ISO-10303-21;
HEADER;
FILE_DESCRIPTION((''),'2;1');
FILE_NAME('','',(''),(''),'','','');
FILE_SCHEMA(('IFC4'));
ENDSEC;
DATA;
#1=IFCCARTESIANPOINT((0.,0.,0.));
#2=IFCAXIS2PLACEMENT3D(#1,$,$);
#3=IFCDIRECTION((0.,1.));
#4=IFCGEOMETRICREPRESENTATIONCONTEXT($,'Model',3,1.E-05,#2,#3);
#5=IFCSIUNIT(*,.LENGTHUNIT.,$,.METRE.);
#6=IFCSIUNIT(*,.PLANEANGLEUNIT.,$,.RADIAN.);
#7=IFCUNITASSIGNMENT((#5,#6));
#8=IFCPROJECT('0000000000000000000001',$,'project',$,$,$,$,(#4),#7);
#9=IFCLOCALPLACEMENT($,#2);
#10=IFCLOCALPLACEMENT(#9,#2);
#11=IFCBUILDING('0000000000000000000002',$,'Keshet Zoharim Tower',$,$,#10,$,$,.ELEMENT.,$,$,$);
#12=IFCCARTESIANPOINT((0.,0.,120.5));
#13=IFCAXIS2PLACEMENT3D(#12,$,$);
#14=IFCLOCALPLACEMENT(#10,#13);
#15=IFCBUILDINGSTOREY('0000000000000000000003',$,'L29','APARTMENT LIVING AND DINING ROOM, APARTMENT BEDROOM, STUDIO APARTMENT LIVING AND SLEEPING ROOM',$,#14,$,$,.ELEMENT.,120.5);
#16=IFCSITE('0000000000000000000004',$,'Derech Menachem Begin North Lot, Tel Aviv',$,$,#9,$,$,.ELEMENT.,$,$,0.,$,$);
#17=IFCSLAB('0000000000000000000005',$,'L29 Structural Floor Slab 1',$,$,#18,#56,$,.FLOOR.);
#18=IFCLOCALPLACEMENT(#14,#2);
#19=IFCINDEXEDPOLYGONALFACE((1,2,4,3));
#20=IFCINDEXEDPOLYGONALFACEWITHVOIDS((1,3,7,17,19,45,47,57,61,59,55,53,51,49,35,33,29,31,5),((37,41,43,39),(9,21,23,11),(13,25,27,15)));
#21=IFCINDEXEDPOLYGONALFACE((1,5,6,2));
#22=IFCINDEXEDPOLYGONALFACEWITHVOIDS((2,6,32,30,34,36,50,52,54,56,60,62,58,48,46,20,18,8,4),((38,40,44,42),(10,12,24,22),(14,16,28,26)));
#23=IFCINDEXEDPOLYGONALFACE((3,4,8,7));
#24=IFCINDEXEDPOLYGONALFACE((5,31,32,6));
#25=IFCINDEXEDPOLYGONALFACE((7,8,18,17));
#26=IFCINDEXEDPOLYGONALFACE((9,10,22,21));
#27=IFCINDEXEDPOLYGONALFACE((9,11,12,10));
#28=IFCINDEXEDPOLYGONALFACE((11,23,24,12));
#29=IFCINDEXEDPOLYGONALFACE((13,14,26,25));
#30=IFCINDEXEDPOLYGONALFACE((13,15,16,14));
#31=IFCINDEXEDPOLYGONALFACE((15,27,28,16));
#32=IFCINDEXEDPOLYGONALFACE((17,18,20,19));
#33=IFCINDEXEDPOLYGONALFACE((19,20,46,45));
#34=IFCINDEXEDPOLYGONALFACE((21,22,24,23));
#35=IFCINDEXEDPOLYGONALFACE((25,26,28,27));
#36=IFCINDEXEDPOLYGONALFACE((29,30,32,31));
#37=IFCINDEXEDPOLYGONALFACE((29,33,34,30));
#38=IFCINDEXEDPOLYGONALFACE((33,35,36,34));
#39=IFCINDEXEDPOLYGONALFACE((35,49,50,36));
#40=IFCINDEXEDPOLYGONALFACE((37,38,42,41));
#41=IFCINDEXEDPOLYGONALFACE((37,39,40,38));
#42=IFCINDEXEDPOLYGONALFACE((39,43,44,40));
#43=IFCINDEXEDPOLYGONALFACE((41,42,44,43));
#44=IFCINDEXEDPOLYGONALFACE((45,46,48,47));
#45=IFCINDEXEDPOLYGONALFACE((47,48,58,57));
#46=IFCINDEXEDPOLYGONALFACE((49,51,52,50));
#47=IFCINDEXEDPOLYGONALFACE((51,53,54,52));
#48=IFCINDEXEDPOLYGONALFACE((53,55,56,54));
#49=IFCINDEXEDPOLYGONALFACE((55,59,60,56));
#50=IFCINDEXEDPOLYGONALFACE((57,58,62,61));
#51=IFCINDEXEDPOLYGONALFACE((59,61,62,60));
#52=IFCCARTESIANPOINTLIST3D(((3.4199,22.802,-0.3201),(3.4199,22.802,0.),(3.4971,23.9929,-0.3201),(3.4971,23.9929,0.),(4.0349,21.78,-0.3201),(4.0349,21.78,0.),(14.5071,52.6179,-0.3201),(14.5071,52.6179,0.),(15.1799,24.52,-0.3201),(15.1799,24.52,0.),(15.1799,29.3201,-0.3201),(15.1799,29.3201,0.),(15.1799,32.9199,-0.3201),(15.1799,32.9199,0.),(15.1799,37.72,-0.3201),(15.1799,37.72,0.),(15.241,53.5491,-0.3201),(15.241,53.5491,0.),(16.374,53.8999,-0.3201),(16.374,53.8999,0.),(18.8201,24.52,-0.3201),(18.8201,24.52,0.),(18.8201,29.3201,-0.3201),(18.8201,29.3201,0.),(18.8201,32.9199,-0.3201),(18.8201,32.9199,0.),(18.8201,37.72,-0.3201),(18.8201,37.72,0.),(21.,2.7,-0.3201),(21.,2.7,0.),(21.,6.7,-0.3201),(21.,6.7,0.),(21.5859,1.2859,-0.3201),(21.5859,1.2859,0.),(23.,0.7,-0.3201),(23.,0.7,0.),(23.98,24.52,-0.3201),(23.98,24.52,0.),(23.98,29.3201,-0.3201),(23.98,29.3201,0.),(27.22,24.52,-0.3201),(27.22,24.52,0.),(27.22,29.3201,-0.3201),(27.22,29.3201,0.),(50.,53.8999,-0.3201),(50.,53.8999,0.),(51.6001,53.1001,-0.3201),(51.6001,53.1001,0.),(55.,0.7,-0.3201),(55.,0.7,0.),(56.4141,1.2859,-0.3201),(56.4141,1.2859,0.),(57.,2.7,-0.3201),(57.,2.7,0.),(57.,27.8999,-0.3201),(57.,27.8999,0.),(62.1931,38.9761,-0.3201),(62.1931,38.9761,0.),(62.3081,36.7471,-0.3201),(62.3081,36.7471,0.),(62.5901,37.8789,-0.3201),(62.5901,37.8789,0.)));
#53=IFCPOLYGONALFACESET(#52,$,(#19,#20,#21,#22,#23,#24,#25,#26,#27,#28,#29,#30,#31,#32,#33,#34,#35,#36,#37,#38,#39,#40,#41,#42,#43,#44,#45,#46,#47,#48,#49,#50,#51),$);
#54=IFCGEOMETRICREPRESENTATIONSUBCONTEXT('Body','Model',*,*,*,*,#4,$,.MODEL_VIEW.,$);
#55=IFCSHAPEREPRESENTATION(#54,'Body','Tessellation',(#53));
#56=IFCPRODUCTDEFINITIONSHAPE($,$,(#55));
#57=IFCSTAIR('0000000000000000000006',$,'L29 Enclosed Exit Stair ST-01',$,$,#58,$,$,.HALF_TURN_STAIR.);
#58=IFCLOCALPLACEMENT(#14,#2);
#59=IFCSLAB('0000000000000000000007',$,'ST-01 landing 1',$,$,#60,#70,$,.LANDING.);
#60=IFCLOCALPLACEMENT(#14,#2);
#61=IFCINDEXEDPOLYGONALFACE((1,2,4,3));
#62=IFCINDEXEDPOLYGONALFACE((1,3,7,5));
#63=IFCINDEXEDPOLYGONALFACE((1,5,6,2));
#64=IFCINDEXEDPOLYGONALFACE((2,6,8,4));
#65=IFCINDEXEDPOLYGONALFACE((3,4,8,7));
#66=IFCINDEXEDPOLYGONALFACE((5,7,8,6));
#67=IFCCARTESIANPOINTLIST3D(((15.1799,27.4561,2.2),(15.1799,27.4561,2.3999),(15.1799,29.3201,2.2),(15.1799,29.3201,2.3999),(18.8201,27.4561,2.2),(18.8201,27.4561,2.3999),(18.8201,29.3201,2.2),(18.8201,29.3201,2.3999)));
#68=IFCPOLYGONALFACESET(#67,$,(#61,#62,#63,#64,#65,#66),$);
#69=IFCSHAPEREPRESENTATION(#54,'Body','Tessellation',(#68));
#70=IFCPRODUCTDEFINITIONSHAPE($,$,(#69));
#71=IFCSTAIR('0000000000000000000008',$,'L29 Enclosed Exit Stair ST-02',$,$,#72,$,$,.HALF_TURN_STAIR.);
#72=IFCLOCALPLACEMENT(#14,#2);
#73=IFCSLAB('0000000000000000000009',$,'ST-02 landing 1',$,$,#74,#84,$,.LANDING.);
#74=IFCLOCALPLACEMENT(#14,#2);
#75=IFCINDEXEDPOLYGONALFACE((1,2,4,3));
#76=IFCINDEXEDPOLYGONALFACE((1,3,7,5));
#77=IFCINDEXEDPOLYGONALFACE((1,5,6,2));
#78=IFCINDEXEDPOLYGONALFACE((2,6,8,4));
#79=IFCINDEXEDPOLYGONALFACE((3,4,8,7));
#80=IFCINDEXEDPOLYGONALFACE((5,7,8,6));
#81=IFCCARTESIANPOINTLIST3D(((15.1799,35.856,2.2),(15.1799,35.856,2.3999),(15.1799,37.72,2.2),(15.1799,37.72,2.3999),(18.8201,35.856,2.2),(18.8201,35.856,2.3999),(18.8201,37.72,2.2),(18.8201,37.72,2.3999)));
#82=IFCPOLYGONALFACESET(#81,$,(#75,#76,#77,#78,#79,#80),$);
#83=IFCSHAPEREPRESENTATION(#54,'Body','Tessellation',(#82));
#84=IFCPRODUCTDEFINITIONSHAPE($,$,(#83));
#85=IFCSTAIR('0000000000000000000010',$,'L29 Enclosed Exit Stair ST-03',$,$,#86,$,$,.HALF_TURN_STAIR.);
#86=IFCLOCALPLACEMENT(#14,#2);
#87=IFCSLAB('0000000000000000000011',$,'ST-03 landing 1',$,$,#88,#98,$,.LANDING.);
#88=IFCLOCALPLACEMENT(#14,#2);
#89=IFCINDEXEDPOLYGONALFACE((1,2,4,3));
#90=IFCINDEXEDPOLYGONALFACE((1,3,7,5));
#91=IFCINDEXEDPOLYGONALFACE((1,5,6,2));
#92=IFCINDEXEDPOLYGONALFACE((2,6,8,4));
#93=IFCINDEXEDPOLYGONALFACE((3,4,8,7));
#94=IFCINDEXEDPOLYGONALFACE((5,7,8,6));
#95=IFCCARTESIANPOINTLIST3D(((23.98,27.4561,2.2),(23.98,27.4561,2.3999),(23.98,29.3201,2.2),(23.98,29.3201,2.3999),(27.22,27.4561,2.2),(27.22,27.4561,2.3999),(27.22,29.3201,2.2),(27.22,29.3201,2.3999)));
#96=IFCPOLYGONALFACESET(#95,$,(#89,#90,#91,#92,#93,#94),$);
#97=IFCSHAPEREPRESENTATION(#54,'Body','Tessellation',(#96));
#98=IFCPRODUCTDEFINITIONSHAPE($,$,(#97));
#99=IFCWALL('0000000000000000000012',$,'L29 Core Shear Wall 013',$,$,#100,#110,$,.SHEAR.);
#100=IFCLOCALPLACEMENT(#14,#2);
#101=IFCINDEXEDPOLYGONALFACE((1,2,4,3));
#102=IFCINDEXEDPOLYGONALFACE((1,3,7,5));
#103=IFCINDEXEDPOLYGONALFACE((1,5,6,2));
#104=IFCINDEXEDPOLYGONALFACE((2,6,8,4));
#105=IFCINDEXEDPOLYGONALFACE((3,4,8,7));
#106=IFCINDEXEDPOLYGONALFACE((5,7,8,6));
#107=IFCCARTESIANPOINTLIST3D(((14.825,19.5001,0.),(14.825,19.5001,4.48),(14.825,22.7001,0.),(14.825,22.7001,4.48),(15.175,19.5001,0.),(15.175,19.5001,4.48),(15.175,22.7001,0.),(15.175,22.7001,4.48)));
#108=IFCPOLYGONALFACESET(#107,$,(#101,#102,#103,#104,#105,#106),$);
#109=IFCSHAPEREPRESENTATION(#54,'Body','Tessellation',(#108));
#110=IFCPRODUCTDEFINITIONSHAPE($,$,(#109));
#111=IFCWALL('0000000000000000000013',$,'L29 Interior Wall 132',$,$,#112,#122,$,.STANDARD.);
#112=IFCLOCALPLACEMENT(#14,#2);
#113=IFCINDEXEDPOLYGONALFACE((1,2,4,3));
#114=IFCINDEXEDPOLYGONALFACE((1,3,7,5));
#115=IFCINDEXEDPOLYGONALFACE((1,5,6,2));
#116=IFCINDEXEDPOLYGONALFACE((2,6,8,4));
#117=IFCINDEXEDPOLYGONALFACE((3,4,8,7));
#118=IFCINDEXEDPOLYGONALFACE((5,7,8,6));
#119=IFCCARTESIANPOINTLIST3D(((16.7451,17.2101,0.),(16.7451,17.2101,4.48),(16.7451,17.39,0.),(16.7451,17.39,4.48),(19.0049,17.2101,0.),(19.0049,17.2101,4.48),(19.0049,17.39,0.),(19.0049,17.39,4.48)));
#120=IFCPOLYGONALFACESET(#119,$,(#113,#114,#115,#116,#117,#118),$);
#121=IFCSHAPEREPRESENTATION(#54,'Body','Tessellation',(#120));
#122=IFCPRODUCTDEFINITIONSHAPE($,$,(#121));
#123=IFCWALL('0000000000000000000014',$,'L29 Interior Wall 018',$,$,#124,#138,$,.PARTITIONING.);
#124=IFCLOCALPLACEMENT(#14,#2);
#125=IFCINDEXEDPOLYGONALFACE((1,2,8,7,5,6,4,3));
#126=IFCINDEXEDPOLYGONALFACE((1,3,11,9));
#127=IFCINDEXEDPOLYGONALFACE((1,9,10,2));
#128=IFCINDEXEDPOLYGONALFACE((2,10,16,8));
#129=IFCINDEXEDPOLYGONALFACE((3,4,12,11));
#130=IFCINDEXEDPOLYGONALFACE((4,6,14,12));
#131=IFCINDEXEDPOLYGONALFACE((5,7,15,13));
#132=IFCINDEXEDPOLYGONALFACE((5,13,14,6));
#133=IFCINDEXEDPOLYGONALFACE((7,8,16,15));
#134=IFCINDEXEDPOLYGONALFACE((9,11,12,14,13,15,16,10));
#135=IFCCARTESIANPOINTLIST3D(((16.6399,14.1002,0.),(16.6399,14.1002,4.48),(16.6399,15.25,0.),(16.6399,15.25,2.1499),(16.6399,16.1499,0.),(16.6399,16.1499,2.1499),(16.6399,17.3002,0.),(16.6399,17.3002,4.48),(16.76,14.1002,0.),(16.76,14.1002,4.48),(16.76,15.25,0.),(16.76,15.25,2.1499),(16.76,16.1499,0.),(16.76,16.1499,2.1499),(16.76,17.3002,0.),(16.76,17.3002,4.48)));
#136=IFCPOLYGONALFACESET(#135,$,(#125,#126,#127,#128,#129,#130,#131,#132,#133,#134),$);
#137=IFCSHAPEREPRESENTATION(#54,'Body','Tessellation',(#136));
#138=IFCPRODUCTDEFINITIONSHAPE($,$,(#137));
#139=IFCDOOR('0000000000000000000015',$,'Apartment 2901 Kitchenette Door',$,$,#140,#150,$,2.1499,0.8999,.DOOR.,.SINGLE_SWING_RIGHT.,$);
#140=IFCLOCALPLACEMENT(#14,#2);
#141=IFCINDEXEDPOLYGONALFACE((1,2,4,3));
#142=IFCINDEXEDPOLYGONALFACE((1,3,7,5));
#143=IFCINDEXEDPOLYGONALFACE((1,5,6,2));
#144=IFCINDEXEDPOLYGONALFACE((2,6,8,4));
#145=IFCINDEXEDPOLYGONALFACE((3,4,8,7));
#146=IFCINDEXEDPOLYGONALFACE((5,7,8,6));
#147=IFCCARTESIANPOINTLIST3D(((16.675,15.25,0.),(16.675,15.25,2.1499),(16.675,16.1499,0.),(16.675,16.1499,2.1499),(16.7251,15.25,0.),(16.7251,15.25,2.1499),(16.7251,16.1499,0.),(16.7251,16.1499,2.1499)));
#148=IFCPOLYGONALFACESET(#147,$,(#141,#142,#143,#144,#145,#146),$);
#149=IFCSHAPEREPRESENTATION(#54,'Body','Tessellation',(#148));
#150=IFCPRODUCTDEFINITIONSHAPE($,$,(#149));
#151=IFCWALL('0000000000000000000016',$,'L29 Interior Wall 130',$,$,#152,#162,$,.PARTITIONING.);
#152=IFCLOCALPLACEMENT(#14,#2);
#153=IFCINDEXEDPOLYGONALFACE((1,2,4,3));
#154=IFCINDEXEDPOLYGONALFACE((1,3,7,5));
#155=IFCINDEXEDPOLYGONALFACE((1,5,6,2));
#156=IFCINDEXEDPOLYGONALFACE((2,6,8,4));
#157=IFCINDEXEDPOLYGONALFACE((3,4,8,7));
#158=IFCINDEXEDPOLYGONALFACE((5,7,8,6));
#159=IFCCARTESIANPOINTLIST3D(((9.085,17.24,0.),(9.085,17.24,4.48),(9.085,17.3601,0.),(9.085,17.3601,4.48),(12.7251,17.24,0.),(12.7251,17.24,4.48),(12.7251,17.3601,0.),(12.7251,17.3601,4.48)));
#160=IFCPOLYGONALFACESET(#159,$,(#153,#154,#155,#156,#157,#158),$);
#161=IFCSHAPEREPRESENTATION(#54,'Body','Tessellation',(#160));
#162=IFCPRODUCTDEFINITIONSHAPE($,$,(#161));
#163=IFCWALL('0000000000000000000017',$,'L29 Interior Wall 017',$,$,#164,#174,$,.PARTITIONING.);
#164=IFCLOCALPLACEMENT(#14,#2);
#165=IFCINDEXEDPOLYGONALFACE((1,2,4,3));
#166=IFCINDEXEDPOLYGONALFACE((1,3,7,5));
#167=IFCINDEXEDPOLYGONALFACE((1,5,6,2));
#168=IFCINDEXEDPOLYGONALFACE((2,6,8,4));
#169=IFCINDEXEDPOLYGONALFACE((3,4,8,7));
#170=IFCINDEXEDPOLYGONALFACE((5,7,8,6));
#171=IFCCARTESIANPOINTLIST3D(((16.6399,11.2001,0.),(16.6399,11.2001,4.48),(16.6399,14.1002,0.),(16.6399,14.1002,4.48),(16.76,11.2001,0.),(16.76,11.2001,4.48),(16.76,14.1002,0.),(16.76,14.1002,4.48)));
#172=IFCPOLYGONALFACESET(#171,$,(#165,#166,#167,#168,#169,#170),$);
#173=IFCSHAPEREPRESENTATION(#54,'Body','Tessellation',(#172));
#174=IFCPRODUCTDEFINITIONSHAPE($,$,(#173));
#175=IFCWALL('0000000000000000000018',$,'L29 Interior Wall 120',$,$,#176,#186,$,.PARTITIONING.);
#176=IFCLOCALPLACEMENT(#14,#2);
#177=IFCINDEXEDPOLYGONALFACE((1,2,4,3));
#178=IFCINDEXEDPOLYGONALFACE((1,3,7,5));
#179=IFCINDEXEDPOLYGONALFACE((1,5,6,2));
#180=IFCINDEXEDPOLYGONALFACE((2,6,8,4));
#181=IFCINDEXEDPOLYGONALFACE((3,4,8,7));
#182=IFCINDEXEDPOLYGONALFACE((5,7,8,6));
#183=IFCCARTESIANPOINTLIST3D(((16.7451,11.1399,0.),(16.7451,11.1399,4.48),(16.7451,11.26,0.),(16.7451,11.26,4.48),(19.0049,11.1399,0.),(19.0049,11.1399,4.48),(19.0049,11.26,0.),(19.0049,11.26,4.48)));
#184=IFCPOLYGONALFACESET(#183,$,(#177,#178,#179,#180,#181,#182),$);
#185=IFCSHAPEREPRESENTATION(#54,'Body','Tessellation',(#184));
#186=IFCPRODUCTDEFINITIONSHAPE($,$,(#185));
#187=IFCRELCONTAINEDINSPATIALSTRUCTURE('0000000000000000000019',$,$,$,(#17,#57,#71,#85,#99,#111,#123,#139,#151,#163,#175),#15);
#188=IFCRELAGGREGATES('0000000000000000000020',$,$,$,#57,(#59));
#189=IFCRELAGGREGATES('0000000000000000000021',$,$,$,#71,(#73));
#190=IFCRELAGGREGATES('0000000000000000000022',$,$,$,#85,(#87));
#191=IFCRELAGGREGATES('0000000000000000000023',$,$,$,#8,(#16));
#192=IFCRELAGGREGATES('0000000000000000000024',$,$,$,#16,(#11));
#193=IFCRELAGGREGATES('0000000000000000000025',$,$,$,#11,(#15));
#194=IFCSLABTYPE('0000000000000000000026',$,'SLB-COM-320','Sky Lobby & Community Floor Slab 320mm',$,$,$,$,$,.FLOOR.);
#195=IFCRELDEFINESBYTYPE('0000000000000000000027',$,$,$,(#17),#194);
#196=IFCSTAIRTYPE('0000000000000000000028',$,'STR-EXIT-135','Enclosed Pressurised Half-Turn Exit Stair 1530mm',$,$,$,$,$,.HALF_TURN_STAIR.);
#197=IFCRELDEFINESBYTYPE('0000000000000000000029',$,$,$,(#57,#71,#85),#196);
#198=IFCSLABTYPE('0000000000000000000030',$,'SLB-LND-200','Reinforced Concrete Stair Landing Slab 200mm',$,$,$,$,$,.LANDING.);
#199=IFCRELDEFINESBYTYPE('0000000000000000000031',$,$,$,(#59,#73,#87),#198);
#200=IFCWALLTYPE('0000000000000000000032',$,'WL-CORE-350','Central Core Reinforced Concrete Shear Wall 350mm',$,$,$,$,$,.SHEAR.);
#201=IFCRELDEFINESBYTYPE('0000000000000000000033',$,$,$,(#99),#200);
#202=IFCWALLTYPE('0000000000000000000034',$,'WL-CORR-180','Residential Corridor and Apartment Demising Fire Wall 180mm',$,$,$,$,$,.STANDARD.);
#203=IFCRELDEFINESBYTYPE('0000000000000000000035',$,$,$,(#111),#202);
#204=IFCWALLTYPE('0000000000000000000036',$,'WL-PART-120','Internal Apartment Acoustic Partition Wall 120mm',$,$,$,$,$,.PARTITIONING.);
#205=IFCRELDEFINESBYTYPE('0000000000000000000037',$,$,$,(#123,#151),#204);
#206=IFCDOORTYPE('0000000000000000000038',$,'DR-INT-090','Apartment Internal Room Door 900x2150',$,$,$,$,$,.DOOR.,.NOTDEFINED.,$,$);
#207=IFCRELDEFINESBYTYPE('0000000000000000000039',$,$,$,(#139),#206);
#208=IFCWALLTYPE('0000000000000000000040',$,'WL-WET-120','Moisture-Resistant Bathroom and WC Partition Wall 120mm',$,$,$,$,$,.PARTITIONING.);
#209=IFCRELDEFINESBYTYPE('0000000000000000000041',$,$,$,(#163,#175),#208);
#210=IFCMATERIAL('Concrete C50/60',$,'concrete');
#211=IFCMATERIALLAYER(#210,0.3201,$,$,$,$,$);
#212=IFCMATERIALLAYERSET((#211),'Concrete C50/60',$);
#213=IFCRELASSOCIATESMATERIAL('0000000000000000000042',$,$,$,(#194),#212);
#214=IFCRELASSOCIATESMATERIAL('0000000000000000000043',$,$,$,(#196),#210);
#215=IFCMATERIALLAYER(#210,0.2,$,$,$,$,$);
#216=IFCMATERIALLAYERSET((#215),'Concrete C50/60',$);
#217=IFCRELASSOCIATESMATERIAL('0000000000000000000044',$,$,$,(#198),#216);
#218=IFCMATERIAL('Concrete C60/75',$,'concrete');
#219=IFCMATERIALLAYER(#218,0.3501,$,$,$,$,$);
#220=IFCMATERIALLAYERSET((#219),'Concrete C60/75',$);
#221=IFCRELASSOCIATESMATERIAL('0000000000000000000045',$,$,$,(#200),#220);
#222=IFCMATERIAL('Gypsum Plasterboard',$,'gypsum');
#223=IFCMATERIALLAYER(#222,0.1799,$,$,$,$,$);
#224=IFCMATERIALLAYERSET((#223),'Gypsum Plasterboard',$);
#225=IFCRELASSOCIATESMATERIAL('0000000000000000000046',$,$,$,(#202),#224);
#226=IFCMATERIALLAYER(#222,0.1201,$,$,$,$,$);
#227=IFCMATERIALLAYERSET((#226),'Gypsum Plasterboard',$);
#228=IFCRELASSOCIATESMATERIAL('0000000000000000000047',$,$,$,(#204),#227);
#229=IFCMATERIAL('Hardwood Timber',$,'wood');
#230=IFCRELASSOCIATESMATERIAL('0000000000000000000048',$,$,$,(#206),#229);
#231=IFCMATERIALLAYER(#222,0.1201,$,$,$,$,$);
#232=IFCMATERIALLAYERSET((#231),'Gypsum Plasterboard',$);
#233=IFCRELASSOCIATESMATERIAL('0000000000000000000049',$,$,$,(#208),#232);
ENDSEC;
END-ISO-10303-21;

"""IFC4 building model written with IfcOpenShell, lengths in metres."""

from ifc_helpers import new_model, si_unit, direction, frame, frame_2d, origin, place, context, subcontext, project, spatial, polyline, rectangle, outline, extrude, material, layer, layer_set, type_object, element, fill, aggregate, save


model = new_model("IFC4")

# Units and contexts
model_context = context("Model", 3, precision=1e-05, world=origin(), true_north=direction((0.0, 1.0)))
body_context = subcontext(model_context, "Body", "Model", "MODEL_VIEW")
ifc_project = project(units=[si_unit("LENGTHUNIT", "METRE"), si_unit("PLANEANGLEUNIT", "RADIAN")], contexts=[model_context])

# Site, building, storey
site_placement = place(None, origin())
site = spatial("IfcSite", under=ifc_project, at=site_placement, Name="Derech Menachem Begin North Lot, Tel Aviv", CompositionType="ELEMENT", RefElevation=0.0)
building_placement = place(site_placement, origin())
building = spatial("IfcBuilding", under=site, at=building_placement, Name="Keshet Zoharim Tower", CompositionType="ELEMENT")
storey_placement = place(building_placement, frame((0.0, 0.0, 120.5)))
storey = spatial("IfcBuildingStorey", under=building, at=storey_placement, Name="L29", Description="APARTMENT LIVING AND DINING ROOM, APARTMENT BEDROOM, STUDIO APARTMENT LIVING AND SLEEPING ROOM", CompositionType="ELEMENT", Elevation=120.5)

# Shared definitions
ifc_material_1 = material(Name="Concrete C60/75", Category="concrete")

# Slab
ifc_material_2 = material(Name="Concrete C50/60", Category="concrete")
ifc_layer_1 = layer(ifc_material_2, 0.3201)
ifc_layer_set_1 = layer_set([ifc_layer_1], Name="Concrete C50/60")
slab_type_1 = type_object("IfcSlabType", Name="SLB-COM-320", Description="Sky Lobby & Community Floor Slab 320mm", PredefinedType="FLOOR", material=ifc_layer_set_1)
slab_1_placement = place(storey_placement, frame((0.0, 0.0, -0.3201)))
element("IfcSlab", 1, at=slab_1_placement, inside=storey, type_object=slab_type_1, Name="L29 Structural Floor Slab 1", PredefinedType="FLOOR", context=body_context, shape_type="SweptSolid", body=[
    extrude(outline(polyline([(57.0, 2.7), (56.4141, 1.2859), (55.0, 0.7), (23.0, 0.7), (21.5859, 1.2859), (21.0, 2.7), (21.0, 6.7), (4.0349, 21.78), (3.4199, 22.802), (3.4971, 23.9929), (14.5071, 52.6179), (15.241, 53.5491), (16.374, 53.8999), (50.0, 53.8999), (51.6001, 53.1001), (62.1931, 38.9761), (62.5901, 37.8789), (62.3081, 36.7471), (57.0, 27.8999), (57.0, 2.7)]), holes=[polyline([(15.1799, 24.52), (18.8201, 24.52), (18.8201, 29.3201), (15.1799, 29.3201), (15.1799, 24.52)]), polyline([(15.1799, 32.9199), (18.8201, 32.9199), (18.8201, 37.72), (15.1799, 37.72), (15.1799, 32.9199)]), polyline([(23.98, 24.52), (27.22, 24.52), (27.22, 29.3201), (23.98, 29.3201), (23.98, 24.52)])]), origin(), (0.0, 0.0, 1.0), 0.3201),
])

# Stairs, slabs
stair_type = type_object("IfcStairType", Name="STR-EXIT-135", Description="Enclosed Pressurised Half-Turn Exit Stair 1530mm", PredefinedType="HALF_TURN_STAIR", material=ifc_material_2)
stair_1_placement = place(storey_placement, origin())
stair_1 = element("IfcStair", 2, at=stair_1_placement, inside=storey, type_object=stair_type, Name="L29 Enclosed Exit Stair ST-01", PredefinedType="HALF_TURN_STAIR")
ifc_layer_2 = layer(ifc_material_2, 0.2)
ifc_layer_set_2 = layer_set([ifc_layer_2], Name="Concrete C50/60")
slab_type_2 = type_object("IfcSlabType", Name="SLB-LND-200", Description="Reinforced Concrete Stair Landing Slab 200mm", PredefinedType="LANDING", material=ifc_layer_set_2)
slab_2_placement = place(storey_placement, frame((0.0, 0.0, 2.2)))
slab_2 = element("IfcSlab", 3, at=slab_2_placement, type_object=slab_type_2, Name="ST-01 landing 1", PredefinedType="LANDING", context=body_context, shape_type="SweptSolid", body=[
    extrude(outline(polyline([(15.1799, 27.4561), (18.8201, 27.4561), (18.8201, 29.3201), (15.1799, 29.3201), (15.1799, 27.4561)])), origin(), (0.0, 0.0, 1.0), 0.2),
])
aggregate(stair_1, [slab_2])
stair_2_placement = place(storey_placement, origin())
stair_2 = element("IfcStair", 4, at=stair_2_placement, inside=storey, type_object=stair_type, Name="L29 Enclosed Exit Stair ST-02", PredefinedType="HALF_TURN_STAIR")
slab_3_placement = place(storey_placement, frame((0.0, 0.0, 2.2)))
slab_3 = element("IfcSlab", 5, at=slab_3_placement, type_object=slab_type_2, Name="ST-02 landing 1", PredefinedType="LANDING", context=body_context, shape_type="SweptSolid", body=[
    extrude(outline(polyline([(15.1799, 35.856), (18.8201, 35.856), (18.8201, 37.72), (15.1799, 37.72), (15.1799, 35.856)])), origin(), (0.0, 0.0, 1.0), 0.2),
])
aggregate(stair_2, [slab_3])
stair_3_placement = place(storey_placement, origin())
stair_3 = element("IfcStair", 6, at=stair_3_placement, inside=storey, type_object=stair_type, Name="L29 Enclosed Exit Stair ST-03", PredefinedType="HALF_TURN_STAIR")
slab_4_placement = place(storey_placement, frame((0.0, 0.0, 2.2)))
slab_4 = element("IfcSlab", 7, at=slab_4_placement, type_object=slab_type_2, Name="ST-03 landing 1", PredefinedType="LANDING", context=body_context, shape_type="SweptSolid", body=[
    extrude(outline(polyline([(23.98, 27.4561), (27.22, 27.4561), (27.22, 29.3201), (23.98, 29.3201), (23.98, 27.4561)])), origin(), (0.0, 0.0, 1.0), 0.2),
])
aggregate(stair_3, [slab_4])

# Wall
ifc_layer_3 = layer(ifc_material_1, 0.3501)
ifc_layer_set_3 = layer_set([ifc_layer_3], Name="Concrete C60/75")
wall_type_1 = type_object("IfcWallType", Name="WL-CORE-350", Description="Central Core Reinforced Concrete Shear Wall 350mm", PredefinedType="SHEAR", material=ifc_layer_set_3)
wall_1_placement = place(storey_placement, frame((15.0, 19.5, 0.0), z_axis=(0.0, 0.0, 1.0), x_axis=(0.0, 1.0, 0.0)))
element("IfcWall", 8, at=wall_1_placement, inside=storey, type_object=wall_type_1, Name="L29 Core Shear Wall 013", PredefinedType="SHEAR", context=body_context, shape_type="SweptSolid", body=[
    extrude(rectangle(XDim=3.2, YDim=0.3501, at=frame_2d((1.6001, 0.0))), origin(), (0.0, 0.0, 1.0), 4.48),
])

# Shared definitions
ifc_material_3 = material(Name="Gypsum Plasterboard", Category="gypsum")
ifc_layer_4 = layer(ifc_material_3, 0.1799)
ifc_layer_set_4 = layer_set([ifc_layer_4], Name="Gypsum Plasterboard")
wall_type_2 = type_object("IfcWallType", Name="WL-CORR-180", Description="Residential Corridor and Apartment Demising Fire Wall 180mm", PredefinedType="STANDARD", material=ifc_layer_set_4)
ifc_material_4 = material(Name="Hardwood Timber", Category="wood")

# Wall
wall_2_placement = place(storey_placement, frame((16.7451, 17.3, 0.0), z_axis=(0.0, 0.0, 1.0), x_axis=(1.0, 0.0, 0.0)))
element("IfcWall", 9, at=wall_2_placement, inside=storey, type_object=wall_type_2, Name="L29 Interior Wall 132", PredefinedType="STANDARD", context=body_context, shape_type="SweptSolid", body=[
    extrude(rectangle(XDim=2.2598, YDim=0.1799, at=frame_2d((1.1299, 0.0))), origin(), (0.0, 0.0, 1.0), 4.48),
])

# Wall, opening, door
ifc_layer_5 = layer(ifc_material_3, 0.1201)
ifc_layer_set_5 = layer_set([ifc_layer_5], Name="Gypsum Plasterboard")
wall_type_3 = type_object("IfcWallType", Name="WL-PART-120", Description="Internal Apartment Acoustic Partition Wall 120mm", PredefinedType="PARTITIONING", material=ifc_layer_set_5)
wall_3_placement = place(storey_placement, frame((16.7, 14.1001, 0.0), z_axis=(0.0, 0.0, 1.0), x_axis=(0.0, 1.0, 0.0)))
wall_3 = element("IfcWall", 10, at=wall_3_placement, inside=storey, type_object=wall_type_3, Name="L29 Interior Wall 018", PredefinedType="PARTITIONING", context=body_context, shape_type="SweptSolid", body=[
    extrude(rectangle(XDim=3.2, YDim=0.1201, at=frame_2d((1.6001, 0.0))), origin(), (0.0, 0.0, 1.0), 4.48),
])
opening_1_placement = place(wall_3_placement, frame((1.1499, 0.0, 0.0)))
opening_1 = element("IfcOpeningElement", 11, at=opening_1_placement, cuts=wall_3, PredefinedType="OPENING", context=body_context, shape_type="SweptSolid", body=[
    extrude(rectangle(XDim=0.8999, YDim=2.1499, at=frame_2d((0.45, 1.075))), frame((0.0, 0.0701, 0.0), z_axis=(0.0, -1.0, 0.0), x_axis=(1.0, 0.0, 0.0)), (0.0, 0.0, 1.0), 0.1401),
])
door_type_1 = type_object("IfcDoorType", Name="DR-INT-090", Description="Apartment Internal Room Door 900x2150", OperationType="NOTDEFINED", PredefinedType="DOOR", material=ifc_material_4)
door_1_placement = place(opening_1_placement, origin())
door_1 = element("IfcDoor", 12, at=door_1_placement, inside=storey, type_object=door_type_1, Name="Apartment 2901 Kitchenette Door", OperationType="SINGLE_SWING_RIGHT", OverallHeight=2.1499, OverallWidth=0.8999, PredefinedType="DOOR", context=body_context, shape_type="SweptSolid", body=[
    extrude(rectangle(XDim=0.8999, YDim=2.1499, at=frame_2d((0.45, 1.075))), frame((0.0, 0.0249, 0.0), z_axis=(0.0, -1.0, 0.0), x_axis=(1.0, 0.0, 0.0)), (0.0, 0.0, 1.0), 0.05),
])
fill(opening_1, door_1)

# Walls
wall_4_placement = place(storey_placement, frame((9.085, 17.3, 0.0), z_axis=(0.0, 0.0, 1.0), x_axis=(1.0, 0.0, 0.0)))
element("IfcWall", 13, at=wall_4_placement, inside=storey, type_object=wall_type_3, Name="L29 Interior Wall 130", PredefinedType="PARTITIONING", context=body_context, shape_type="SweptSolid", body=[
    extrude(rectangle(XDim=3.6401, YDim=0.1201, at=frame_2d((1.8201, 0.0))), origin(), (0.0, 0.0, 1.0), 4.48),
])
ifc_layer_6 = layer(ifc_material_3, 0.1201)
ifc_layer_set_6 = layer_set([ifc_layer_6], Name="Gypsum Plasterboard")
wall_type_4 = type_object("IfcWallType", Name="WL-WET-120", Description="Moisture-Resistant Bathroom and WC Partition Wall 120mm", PredefinedType="PARTITIONING", material=ifc_layer_set_6)
wall_5_placement = place(storey_placement, frame((16.7, 11.2, 0.0), z_axis=(0.0, 0.0, 1.0), x_axis=(0.0, 1.0, 0.0)))
element("IfcWall", 14, at=wall_5_placement, inside=storey, type_object=wall_type_4, Name="L29 Interior Wall 017", PredefinedType="PARTITIONING", context=body_context, shape_type="SweptSolid", body=[
    extrude(rectangle(XDim=2.9001, YDim=0.1201, at=frame_2d((1.4502, 0.0))), origin(), (0.0, 0.0, 1.0), 4.48),
])
for number, where, z_axis, x_axis, name in (
    (15, (16.7451, 11.2, 0.0), (0.0, 0.0, 1.0), (1.0, 0.0, 0.0), "L29 Interior Wall 120"),
):
    element("IfcWall", number, at=place(storey_placement, frame(where, z_axis=z_axis, x_axis=x_axis)), inside=storey, type_object=wall_type_4, Name=name, PredefinedType="PARTITIONING", context=body_context, shape_type="SweptSolid", body=[
        extrude(rectangle(XDim=2.2598, YDim=0.1201, at=frame_2d((1.1299, 0.0))), origin(), (0.0, 0.0, 1.0), 4.48),
    ])

save(model, "model.ifc")
